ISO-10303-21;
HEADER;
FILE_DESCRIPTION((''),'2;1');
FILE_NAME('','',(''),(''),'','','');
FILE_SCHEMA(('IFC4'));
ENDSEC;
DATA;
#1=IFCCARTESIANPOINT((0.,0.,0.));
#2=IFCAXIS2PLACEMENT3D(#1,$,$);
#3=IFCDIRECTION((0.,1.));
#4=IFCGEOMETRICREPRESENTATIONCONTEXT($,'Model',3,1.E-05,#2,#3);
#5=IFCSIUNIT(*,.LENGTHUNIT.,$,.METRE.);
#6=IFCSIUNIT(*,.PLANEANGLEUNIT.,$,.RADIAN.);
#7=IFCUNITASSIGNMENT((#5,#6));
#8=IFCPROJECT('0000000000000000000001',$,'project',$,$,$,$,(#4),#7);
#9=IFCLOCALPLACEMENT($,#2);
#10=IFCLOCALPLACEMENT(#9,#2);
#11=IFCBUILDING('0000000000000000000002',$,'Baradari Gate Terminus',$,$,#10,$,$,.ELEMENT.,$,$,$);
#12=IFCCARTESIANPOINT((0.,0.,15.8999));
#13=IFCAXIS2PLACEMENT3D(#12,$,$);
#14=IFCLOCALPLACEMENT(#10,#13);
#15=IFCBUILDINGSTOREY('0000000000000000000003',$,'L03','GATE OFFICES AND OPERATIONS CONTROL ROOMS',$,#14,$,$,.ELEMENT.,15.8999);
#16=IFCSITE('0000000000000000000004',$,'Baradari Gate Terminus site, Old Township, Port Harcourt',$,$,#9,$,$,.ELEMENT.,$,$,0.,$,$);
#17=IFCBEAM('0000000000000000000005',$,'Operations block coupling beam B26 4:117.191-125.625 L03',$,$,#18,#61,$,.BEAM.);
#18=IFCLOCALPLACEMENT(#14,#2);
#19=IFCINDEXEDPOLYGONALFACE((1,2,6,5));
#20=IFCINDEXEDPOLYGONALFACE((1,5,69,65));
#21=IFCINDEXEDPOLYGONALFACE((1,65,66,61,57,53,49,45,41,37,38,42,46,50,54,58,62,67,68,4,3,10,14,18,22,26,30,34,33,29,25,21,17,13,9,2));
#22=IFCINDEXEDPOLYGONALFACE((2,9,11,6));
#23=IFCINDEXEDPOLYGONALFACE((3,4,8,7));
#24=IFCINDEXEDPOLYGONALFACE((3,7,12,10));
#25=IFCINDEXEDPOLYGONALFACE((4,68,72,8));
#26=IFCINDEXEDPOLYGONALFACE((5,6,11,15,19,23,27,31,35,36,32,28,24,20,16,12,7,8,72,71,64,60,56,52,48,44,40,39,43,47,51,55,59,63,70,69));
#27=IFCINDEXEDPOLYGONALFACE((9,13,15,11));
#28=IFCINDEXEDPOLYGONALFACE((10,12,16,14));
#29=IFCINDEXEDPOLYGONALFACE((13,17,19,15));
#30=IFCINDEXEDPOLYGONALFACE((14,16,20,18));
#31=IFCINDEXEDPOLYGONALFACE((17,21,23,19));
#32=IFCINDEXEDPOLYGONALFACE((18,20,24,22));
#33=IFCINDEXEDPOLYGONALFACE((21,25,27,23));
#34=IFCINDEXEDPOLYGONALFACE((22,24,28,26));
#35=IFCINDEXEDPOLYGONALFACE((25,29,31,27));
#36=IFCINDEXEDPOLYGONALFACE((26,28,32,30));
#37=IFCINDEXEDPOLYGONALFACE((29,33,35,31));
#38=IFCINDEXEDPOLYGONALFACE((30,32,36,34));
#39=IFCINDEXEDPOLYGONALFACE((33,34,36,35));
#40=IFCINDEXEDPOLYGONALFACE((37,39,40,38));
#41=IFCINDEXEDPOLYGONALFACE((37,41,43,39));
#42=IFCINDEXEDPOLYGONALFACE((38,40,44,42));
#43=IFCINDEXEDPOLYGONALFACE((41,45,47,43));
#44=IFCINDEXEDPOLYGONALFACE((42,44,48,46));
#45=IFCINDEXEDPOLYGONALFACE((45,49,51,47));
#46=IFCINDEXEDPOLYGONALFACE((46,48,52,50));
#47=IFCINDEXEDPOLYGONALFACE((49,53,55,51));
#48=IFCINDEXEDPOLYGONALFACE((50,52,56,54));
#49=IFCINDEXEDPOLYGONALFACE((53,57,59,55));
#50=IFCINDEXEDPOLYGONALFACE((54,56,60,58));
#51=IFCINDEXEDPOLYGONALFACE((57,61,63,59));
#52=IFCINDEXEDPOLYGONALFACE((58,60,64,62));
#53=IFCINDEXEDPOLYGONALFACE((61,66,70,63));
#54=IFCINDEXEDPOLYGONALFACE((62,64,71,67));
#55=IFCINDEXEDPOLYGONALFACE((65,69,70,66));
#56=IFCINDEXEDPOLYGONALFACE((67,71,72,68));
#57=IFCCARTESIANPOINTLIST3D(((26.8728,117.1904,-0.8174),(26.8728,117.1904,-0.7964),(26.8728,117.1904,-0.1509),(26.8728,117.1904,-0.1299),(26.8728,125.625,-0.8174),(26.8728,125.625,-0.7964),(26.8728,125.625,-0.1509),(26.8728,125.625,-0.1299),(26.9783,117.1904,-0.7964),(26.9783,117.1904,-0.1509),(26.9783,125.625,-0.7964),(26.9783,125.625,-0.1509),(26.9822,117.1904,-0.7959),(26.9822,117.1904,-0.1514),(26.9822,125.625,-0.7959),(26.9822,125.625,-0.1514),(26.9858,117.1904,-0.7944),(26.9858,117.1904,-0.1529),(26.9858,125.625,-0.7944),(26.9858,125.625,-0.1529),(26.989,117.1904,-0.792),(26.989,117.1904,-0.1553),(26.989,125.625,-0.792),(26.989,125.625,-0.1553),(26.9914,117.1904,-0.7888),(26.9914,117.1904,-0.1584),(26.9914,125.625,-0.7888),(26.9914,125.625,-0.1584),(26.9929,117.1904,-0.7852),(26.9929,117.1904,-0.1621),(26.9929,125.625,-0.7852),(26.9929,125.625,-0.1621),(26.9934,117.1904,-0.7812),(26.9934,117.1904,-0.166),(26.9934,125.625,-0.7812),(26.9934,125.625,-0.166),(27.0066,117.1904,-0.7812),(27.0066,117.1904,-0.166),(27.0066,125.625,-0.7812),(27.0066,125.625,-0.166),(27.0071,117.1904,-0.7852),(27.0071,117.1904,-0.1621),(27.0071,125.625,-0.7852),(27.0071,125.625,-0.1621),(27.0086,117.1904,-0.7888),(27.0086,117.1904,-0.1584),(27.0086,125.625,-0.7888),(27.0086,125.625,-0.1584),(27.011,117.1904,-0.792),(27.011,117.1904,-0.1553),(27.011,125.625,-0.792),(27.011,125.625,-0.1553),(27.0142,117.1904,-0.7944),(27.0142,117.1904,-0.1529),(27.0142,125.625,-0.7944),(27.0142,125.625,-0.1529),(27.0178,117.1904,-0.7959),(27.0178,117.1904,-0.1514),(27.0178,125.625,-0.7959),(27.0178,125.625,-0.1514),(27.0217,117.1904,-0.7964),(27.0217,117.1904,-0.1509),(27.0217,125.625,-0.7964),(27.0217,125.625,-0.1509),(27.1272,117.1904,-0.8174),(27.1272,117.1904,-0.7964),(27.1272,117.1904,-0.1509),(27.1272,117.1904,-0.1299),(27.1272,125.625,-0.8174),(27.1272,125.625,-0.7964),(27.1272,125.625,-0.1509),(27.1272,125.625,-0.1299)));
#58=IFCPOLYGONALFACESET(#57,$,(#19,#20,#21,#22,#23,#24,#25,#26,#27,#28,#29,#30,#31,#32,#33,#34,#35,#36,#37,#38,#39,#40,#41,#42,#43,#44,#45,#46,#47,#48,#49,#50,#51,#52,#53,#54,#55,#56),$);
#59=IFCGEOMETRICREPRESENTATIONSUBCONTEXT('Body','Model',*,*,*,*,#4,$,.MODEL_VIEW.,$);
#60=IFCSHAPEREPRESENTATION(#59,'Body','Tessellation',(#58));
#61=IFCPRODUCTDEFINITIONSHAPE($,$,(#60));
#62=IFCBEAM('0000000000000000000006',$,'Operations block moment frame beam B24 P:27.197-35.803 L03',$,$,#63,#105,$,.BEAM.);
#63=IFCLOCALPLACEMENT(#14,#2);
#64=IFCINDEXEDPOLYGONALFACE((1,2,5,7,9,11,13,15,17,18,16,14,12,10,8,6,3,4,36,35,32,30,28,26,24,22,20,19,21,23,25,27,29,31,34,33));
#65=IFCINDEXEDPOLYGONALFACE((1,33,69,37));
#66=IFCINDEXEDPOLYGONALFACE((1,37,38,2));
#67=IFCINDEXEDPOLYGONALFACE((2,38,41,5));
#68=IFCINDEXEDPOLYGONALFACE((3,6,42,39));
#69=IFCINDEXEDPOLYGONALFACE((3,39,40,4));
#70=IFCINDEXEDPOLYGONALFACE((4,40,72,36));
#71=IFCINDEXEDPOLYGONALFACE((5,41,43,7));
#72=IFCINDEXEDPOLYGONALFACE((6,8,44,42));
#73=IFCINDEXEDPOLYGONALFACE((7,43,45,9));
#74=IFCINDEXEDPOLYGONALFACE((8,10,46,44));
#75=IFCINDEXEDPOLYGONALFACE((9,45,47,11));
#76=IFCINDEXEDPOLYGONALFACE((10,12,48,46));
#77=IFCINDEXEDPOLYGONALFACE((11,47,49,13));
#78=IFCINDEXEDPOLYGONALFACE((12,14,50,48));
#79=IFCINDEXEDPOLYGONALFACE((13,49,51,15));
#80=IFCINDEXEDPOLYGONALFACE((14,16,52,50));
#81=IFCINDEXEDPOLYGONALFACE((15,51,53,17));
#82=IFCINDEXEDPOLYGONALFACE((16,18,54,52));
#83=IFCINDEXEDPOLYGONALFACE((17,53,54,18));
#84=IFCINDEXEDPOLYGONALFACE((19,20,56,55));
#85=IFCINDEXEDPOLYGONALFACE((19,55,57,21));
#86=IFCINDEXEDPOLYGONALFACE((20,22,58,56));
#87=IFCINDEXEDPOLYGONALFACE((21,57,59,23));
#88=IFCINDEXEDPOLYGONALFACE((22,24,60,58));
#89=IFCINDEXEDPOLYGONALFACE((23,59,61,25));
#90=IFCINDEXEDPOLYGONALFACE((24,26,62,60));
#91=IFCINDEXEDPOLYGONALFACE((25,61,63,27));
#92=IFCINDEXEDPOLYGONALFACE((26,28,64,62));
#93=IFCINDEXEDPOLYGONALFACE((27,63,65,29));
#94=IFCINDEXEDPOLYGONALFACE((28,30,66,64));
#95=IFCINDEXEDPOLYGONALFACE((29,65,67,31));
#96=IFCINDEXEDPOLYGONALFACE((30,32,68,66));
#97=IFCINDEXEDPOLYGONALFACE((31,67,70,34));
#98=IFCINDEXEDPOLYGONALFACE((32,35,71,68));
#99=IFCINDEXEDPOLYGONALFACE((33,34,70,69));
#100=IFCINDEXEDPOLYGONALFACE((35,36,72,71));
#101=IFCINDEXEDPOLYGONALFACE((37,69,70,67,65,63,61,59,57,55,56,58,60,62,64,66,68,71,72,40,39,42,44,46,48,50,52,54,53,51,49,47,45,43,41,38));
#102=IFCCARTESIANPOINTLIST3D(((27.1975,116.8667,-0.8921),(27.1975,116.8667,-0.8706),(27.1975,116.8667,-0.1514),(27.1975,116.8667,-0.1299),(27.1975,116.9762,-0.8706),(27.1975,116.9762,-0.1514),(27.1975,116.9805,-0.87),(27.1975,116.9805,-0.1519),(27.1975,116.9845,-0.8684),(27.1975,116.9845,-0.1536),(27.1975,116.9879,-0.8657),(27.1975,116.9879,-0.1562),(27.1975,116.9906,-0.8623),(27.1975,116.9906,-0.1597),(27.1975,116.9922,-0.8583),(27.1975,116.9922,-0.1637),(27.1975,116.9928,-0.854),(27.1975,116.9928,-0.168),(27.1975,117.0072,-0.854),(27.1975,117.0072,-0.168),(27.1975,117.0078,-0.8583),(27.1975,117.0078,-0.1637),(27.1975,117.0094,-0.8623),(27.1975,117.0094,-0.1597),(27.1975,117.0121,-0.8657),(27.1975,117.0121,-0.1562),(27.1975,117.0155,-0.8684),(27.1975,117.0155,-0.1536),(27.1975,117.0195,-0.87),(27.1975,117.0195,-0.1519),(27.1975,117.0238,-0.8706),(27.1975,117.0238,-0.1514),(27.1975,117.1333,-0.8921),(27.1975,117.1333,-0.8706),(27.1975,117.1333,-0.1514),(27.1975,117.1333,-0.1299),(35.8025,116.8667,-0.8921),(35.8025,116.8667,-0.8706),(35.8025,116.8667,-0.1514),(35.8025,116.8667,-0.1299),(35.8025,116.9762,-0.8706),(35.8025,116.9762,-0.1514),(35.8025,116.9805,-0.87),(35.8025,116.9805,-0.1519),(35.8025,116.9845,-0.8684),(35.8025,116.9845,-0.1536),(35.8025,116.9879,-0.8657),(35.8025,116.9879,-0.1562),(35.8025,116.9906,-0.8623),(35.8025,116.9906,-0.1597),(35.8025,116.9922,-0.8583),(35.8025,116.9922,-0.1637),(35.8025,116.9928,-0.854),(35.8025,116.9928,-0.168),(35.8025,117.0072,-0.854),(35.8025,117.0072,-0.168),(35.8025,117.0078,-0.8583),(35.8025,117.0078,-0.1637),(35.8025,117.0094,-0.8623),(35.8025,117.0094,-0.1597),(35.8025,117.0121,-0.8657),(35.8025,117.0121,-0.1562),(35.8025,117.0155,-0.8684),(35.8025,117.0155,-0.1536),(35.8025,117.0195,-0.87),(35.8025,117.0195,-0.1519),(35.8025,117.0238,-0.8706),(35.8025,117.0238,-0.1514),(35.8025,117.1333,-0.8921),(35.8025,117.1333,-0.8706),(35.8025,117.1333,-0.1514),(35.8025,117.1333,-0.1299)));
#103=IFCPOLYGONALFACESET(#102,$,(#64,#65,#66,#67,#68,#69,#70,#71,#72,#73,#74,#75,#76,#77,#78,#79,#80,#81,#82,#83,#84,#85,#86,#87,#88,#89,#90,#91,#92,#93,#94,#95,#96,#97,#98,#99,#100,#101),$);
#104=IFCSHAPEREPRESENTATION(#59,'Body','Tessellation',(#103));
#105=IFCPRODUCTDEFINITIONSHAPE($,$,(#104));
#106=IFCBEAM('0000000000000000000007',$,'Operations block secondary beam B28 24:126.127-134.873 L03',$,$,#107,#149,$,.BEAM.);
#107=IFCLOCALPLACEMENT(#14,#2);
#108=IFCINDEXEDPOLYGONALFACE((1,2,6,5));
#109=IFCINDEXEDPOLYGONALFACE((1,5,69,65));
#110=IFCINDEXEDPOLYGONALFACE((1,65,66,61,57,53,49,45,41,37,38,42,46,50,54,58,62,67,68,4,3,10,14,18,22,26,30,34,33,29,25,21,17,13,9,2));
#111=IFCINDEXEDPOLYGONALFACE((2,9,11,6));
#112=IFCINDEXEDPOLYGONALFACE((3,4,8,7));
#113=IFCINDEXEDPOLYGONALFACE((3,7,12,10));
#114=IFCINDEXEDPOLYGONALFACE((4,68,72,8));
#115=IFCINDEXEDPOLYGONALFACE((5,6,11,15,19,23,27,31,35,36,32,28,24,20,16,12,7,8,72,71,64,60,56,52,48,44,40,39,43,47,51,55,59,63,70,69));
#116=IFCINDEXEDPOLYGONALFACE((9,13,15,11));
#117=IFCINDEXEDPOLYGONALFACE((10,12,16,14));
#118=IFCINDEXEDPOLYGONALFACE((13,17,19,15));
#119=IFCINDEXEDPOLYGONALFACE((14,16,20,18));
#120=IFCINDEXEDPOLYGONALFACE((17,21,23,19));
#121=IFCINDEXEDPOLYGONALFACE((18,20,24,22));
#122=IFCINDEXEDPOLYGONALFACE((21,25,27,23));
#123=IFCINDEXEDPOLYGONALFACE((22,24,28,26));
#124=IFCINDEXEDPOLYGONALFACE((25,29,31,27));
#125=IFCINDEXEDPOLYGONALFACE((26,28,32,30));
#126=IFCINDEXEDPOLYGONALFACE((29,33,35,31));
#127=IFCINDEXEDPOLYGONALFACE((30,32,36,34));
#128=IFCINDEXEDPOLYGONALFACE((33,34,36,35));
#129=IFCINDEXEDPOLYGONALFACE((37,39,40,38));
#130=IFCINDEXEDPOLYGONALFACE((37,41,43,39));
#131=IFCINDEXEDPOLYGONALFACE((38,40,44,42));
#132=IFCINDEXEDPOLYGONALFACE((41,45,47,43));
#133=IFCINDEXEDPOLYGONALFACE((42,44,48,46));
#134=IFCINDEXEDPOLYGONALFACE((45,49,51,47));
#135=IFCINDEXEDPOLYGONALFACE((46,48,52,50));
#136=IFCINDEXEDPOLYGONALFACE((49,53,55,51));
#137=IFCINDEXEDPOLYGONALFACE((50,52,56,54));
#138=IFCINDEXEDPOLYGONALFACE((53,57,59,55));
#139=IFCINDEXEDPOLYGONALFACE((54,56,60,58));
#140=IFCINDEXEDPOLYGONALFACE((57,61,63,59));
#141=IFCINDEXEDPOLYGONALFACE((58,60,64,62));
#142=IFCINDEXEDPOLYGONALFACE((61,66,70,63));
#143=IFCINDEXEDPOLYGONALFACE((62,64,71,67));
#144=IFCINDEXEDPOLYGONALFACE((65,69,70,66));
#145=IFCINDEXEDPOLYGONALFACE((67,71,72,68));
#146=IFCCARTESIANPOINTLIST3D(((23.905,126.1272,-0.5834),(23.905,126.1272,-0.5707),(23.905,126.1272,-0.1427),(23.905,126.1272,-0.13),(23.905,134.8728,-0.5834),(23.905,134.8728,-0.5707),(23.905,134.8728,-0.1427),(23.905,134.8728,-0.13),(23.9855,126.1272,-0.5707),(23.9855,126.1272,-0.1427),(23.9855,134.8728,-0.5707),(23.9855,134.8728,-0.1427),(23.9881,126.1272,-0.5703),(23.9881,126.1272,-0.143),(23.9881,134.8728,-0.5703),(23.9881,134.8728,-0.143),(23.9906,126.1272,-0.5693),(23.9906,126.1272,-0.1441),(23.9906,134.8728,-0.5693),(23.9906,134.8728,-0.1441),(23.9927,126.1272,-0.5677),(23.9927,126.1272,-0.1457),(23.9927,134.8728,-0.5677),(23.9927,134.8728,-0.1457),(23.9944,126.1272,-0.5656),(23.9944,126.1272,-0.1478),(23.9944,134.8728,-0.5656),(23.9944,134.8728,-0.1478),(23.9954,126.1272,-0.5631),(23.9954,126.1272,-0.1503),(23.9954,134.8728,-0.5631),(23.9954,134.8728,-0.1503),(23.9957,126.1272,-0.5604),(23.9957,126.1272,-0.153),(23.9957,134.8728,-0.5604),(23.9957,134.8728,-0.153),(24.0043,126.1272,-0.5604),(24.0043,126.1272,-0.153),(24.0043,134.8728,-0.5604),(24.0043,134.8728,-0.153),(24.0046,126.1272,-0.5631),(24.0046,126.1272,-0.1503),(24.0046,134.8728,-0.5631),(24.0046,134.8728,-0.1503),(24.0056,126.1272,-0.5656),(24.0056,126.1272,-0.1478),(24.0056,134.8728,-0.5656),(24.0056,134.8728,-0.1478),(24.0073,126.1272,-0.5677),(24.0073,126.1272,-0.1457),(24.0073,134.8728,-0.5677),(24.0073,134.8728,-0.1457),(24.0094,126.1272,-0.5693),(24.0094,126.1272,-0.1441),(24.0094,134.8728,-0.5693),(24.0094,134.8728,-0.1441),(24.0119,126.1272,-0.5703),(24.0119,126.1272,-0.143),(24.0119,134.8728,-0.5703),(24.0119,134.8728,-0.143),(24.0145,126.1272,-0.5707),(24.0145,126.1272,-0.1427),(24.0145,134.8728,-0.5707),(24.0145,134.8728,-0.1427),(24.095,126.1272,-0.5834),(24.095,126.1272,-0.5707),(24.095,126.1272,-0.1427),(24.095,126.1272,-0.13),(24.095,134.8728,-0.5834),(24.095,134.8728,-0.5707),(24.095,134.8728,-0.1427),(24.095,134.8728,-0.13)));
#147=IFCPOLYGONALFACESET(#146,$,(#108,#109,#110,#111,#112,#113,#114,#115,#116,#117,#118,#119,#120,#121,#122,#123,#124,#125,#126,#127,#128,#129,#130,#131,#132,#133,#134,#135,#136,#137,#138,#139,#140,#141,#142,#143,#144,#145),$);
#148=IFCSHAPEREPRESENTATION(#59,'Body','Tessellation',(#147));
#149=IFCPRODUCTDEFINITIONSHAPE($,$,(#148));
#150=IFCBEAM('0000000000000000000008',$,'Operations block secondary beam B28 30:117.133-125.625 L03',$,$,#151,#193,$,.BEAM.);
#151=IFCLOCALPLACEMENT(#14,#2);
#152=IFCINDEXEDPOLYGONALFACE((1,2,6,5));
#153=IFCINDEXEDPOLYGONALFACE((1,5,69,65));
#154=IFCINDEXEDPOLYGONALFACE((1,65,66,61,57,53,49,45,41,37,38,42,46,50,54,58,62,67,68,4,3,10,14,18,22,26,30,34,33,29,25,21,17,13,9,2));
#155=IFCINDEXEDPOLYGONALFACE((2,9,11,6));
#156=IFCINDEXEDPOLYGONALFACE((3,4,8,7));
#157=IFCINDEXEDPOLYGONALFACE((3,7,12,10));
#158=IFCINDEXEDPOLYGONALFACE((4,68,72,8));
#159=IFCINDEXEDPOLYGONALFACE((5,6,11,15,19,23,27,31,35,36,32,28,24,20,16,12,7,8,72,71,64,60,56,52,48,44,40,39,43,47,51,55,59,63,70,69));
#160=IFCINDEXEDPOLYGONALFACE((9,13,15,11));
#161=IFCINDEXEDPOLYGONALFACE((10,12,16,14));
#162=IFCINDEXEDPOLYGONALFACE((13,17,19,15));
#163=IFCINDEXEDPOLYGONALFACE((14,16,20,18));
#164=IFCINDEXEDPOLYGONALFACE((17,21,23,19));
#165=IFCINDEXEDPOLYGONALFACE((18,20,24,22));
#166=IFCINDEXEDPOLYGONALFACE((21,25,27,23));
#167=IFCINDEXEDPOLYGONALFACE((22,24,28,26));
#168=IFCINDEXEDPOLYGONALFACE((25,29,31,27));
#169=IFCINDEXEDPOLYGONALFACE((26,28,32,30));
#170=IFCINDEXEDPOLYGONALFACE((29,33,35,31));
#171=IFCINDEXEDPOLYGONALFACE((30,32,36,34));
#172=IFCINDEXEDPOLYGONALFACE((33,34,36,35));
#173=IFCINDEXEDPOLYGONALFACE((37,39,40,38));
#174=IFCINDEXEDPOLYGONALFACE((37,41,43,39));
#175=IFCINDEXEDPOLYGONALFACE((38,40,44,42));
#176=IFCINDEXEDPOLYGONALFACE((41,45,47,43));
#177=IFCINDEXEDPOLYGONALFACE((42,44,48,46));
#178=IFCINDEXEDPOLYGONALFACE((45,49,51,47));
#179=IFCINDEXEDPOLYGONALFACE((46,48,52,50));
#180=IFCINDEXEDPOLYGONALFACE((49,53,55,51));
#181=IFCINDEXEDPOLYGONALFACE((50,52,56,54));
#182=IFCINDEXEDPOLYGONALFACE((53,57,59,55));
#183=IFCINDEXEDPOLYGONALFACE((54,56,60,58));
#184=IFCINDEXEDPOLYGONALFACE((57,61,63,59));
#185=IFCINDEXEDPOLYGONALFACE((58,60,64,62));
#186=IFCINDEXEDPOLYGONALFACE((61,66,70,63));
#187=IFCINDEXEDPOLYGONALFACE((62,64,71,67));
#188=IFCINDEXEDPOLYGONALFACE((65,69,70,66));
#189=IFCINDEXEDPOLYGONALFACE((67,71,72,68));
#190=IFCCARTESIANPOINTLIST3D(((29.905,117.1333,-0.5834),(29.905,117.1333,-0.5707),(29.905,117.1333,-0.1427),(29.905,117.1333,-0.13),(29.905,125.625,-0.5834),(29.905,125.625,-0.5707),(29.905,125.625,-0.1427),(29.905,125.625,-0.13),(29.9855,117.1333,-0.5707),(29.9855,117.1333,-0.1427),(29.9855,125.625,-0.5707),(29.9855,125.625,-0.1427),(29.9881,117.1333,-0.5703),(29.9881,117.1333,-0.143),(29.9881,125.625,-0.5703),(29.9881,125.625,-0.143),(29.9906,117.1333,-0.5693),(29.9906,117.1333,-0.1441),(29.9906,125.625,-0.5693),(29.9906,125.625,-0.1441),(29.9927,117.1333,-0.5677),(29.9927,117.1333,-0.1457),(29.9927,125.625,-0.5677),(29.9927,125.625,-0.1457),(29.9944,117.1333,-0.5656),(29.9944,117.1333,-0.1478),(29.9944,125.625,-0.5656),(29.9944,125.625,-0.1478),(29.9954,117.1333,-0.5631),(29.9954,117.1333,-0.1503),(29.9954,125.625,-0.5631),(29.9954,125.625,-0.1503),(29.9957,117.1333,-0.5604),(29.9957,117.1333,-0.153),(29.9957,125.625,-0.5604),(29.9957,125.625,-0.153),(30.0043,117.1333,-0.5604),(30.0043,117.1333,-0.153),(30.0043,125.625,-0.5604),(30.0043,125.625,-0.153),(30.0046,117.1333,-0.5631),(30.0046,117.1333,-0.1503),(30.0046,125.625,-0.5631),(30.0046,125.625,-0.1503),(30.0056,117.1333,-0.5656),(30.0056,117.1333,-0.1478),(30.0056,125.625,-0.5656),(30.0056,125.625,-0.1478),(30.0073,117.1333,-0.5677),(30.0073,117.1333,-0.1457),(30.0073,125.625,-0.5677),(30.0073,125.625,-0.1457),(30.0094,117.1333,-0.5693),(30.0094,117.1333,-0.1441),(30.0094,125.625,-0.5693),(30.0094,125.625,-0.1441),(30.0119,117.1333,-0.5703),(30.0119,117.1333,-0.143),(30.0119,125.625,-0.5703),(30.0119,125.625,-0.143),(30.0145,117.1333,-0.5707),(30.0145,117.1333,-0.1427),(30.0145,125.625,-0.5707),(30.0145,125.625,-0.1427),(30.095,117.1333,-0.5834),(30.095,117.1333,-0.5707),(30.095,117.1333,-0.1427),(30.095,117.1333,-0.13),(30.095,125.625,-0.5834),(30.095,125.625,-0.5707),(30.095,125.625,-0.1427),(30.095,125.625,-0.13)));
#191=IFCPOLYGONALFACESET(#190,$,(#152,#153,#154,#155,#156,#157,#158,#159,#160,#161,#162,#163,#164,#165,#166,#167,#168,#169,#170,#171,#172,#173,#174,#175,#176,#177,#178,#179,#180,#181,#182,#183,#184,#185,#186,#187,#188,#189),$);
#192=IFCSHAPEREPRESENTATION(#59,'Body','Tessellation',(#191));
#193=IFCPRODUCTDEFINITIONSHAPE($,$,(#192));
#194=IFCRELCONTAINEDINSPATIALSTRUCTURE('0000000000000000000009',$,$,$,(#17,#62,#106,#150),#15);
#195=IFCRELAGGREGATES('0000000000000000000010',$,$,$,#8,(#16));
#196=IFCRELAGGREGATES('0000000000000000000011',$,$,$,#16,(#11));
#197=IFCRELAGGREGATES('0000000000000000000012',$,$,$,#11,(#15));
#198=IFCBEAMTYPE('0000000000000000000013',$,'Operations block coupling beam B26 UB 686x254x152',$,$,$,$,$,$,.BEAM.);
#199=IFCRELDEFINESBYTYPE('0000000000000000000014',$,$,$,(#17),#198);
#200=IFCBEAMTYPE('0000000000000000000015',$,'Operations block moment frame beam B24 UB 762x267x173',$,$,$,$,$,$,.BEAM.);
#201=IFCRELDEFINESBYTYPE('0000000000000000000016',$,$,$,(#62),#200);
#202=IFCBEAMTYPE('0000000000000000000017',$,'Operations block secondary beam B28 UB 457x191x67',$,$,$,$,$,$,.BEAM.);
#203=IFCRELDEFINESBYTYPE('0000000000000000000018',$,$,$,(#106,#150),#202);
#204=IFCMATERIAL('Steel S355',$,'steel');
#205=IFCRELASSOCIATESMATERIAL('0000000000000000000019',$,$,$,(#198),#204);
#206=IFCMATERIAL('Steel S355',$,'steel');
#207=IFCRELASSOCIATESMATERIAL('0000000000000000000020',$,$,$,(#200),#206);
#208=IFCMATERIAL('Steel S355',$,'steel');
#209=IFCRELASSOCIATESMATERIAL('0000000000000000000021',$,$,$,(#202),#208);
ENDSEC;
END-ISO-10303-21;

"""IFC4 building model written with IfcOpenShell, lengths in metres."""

from ifc_helpers import new_model, si_unit, direction, frame, origin, origin_2d, place, context, subcontext, project, spatial, i_section, extrude, material, material_profile, profile_set, type_object, element, save


model = new_model("IFC4")

# Units and contexts
model_context = context("Model", 3, precision=1e-05, world=origin(), true_north=direction((0.0, 1.0)))
body_context = subcontext(model_context, "Body", "Model", "MODEL_VIEW")
ifc_project = project(units=[si_unit("LENGTHUNIT", "METRE"), si_unit("PLANEANGLEUNIT", "RADIAN")], contexts=[model_context])

# Site, building, storey
site_placement = place(None, origin())
site = spatial("IfcSite", under=ifc_project, at=site_placement, Name="Baradari Gate Terminus site, Old Township, Port Harcourt", CompositionType="ELEMENT", RefElevation=0.0)
building_placement = place(site_placement, origin())
building = spatial("IfcBuilding", under=site, at=building_placement, Name="Baradari Gate Terminus", CompositionType="ELEMENT")
storey_placement = place(building_placement, frame((0.0, 0.0, 15.8999)))
storey = spatial("IfcBuildingStorey", under=building, at=storey_placement, Name="L03", Description="GATE OFFICES AND OPERATIONS CONTROL ROOMS", CompositionType="ELEMENT", Elevation=15.8999)

# Beams
ifc_material_1 = material(Name="Steel S355", Category="steel")
ifc_material_profile_1 = material_profile(ifc_material_1, i_section(OverallWidth=0.2544, OverallDepth=0.6875, WebThickness=0.0132, FlangeThickness=0.021, FilletRadius=0.0151, at=origin_2d()), Name="UB 686x254x152")
ifc_profile_set_1 = profile_set([ifc_material_profile_1], Name="Steel S355")
beam_type_1 = type_object("IfcBeamType", Name="Operations block coupling beam B26 UB 686x254x152", PredefinedType="BEAM", material=ifc_profile_set_1)
beam_1_placement = place(storey_placement, frame((27.0, 117.1904, -0.4736), z_axis=(0.0, 1.0, 0.0), x_axis=(-1.0, 0.0, 0.0)))
element("IfcBeam", 1, at=beam_1_placement, inside=storey, type_object=beam_type_1, Name="Operations block coupling beam B26 4:117.191-125.625 L03", PredefinedType="BEAM", context=body_context, shape_type="SweptSolid", body=[
    extrude(i_section(OverallWidth=0.2544, OverallDepth=0.6875, WebThickness=0.0132, FlangeThickness=0.021, FilletRadius=0.0151, at=origin_2d()), origin(), (0.0, 0.0, 1.0), 8.4346),
])
ifc_material_2 = material(Name="Steel S355", Category="steel")
ifc_material_profile_2 = material_profile(ifc_material_2, i_section(OverallWidth=0.2666, OverallDepth=0.7622, WebThickness=0.0144, FlangeThickness=0.0215, FilletRadius=0.0166, at=origin_2d()), Name="UB 762x267x173")
ifc_profile_set_2 = profile_set([ifc_material_profile_2], Name="Steel S355")
beam_type_2 = type_object("IfcBeamType", Name="Operations block moment frame beam B24 UB 762x267x173", PredefinedType="BEAM", material=ifc_profile_set_2)
beam_2_placement = place(storey_placement, frame((27.1975, 117.0, -0.511), z_axis=(1.0, 0.0, 0.0), x_axis=(0.0, 1.0, 0.0)))
element("IfcBeam", 2, at=beam_2_placement, inside=storey, type_object=beam_type_2, Name="Operations block moment frame beam B24 P:27.197-35.803 L03", PredefinedType="BEAM", context=body_context, shape_type="SweptSolid", body=[
    extrude(i_section(OverallWidth=0.2666, OverallDepth=0.7622, WebThickness=0.0144, FlangeThickness=0.0215, FilletRadius=0.0166, at=origin_2d()), origin(), (0.0, 0.0, 1.0), 8.605),
])
ifc_material_3 = material(Name="Steel S355", Category="steel")
ifc_material_profile_3 = material_profile(ifc_material_3, i_section(OverallWidth=0.1899, OverallDepth=0.4534, WebThickness=0.0085, FlangeThickness=0.0127, FilletRadius=0.0103, at=origin_2d()), Name="UB 457x191x67")
ifc_profile_set_3 = profile_set([ifc_material_profile_3], Name="Steel S355")
beam_type_3 = type_object("IfcBeamType", Name="Operations block secondary beam B28 UB 457x191x67", PredefinedType="BEAM", material=ifc_profile_set_3)
beam_3_placement = place(storey_placement, frame((24.0, 126.1272, -0.3567), z_axis=(0.0, 1.0, 0.0), x_axis=(-1.0, 0.0, 0.0)))
element("IfcBeam", 3, at=beam_3_placement, inside=storey, type_object=beam_type_3, Name="Operations block secondary beam B28 24:126.127-134.873 L03", PredefinedType="BEAM", context=body_context, shape_type="SweptSolid", body=[
    extrude(i_section(OverallWidth=0.1899, OverallDepth=0.4534, WebThickness=0.0085, FlangeThickness=0.0127, FilletRadius=0.0103, at=origin_2d()), origin(), (0.0, 0.0, 1.0), 8.7456),
])
for number, where, z_axis, x_axis, name in (
    (4, (30.0, 117.1333, -0.3567), (0.0, 1.0, 0.0), (-1.0, 0.0, 0.0), "Operations block secondary beam B28 30:117.133-125.625 L03"),
):
    element("IfcBeam", number, at=place(storey_placement, frame(where, z_axis=z_axis, x_axis=x_axis)), inside=storey, type_object=beam_type_3, Name=name, PredefinedType="BEAM", context=body_context, shape_type="SweptSolid", body=[
        extrude(i_section(OverallWidth=0.1899, OverallDepth=0.4534, WebThickness=0.0085, FlangeThickness=0.0127, FilletRadius=0.0103, at=origin_2d()), origin(), (0.0, 0.0, 1.0), 8.4917),
    ])

save(model, "model.ifc")
